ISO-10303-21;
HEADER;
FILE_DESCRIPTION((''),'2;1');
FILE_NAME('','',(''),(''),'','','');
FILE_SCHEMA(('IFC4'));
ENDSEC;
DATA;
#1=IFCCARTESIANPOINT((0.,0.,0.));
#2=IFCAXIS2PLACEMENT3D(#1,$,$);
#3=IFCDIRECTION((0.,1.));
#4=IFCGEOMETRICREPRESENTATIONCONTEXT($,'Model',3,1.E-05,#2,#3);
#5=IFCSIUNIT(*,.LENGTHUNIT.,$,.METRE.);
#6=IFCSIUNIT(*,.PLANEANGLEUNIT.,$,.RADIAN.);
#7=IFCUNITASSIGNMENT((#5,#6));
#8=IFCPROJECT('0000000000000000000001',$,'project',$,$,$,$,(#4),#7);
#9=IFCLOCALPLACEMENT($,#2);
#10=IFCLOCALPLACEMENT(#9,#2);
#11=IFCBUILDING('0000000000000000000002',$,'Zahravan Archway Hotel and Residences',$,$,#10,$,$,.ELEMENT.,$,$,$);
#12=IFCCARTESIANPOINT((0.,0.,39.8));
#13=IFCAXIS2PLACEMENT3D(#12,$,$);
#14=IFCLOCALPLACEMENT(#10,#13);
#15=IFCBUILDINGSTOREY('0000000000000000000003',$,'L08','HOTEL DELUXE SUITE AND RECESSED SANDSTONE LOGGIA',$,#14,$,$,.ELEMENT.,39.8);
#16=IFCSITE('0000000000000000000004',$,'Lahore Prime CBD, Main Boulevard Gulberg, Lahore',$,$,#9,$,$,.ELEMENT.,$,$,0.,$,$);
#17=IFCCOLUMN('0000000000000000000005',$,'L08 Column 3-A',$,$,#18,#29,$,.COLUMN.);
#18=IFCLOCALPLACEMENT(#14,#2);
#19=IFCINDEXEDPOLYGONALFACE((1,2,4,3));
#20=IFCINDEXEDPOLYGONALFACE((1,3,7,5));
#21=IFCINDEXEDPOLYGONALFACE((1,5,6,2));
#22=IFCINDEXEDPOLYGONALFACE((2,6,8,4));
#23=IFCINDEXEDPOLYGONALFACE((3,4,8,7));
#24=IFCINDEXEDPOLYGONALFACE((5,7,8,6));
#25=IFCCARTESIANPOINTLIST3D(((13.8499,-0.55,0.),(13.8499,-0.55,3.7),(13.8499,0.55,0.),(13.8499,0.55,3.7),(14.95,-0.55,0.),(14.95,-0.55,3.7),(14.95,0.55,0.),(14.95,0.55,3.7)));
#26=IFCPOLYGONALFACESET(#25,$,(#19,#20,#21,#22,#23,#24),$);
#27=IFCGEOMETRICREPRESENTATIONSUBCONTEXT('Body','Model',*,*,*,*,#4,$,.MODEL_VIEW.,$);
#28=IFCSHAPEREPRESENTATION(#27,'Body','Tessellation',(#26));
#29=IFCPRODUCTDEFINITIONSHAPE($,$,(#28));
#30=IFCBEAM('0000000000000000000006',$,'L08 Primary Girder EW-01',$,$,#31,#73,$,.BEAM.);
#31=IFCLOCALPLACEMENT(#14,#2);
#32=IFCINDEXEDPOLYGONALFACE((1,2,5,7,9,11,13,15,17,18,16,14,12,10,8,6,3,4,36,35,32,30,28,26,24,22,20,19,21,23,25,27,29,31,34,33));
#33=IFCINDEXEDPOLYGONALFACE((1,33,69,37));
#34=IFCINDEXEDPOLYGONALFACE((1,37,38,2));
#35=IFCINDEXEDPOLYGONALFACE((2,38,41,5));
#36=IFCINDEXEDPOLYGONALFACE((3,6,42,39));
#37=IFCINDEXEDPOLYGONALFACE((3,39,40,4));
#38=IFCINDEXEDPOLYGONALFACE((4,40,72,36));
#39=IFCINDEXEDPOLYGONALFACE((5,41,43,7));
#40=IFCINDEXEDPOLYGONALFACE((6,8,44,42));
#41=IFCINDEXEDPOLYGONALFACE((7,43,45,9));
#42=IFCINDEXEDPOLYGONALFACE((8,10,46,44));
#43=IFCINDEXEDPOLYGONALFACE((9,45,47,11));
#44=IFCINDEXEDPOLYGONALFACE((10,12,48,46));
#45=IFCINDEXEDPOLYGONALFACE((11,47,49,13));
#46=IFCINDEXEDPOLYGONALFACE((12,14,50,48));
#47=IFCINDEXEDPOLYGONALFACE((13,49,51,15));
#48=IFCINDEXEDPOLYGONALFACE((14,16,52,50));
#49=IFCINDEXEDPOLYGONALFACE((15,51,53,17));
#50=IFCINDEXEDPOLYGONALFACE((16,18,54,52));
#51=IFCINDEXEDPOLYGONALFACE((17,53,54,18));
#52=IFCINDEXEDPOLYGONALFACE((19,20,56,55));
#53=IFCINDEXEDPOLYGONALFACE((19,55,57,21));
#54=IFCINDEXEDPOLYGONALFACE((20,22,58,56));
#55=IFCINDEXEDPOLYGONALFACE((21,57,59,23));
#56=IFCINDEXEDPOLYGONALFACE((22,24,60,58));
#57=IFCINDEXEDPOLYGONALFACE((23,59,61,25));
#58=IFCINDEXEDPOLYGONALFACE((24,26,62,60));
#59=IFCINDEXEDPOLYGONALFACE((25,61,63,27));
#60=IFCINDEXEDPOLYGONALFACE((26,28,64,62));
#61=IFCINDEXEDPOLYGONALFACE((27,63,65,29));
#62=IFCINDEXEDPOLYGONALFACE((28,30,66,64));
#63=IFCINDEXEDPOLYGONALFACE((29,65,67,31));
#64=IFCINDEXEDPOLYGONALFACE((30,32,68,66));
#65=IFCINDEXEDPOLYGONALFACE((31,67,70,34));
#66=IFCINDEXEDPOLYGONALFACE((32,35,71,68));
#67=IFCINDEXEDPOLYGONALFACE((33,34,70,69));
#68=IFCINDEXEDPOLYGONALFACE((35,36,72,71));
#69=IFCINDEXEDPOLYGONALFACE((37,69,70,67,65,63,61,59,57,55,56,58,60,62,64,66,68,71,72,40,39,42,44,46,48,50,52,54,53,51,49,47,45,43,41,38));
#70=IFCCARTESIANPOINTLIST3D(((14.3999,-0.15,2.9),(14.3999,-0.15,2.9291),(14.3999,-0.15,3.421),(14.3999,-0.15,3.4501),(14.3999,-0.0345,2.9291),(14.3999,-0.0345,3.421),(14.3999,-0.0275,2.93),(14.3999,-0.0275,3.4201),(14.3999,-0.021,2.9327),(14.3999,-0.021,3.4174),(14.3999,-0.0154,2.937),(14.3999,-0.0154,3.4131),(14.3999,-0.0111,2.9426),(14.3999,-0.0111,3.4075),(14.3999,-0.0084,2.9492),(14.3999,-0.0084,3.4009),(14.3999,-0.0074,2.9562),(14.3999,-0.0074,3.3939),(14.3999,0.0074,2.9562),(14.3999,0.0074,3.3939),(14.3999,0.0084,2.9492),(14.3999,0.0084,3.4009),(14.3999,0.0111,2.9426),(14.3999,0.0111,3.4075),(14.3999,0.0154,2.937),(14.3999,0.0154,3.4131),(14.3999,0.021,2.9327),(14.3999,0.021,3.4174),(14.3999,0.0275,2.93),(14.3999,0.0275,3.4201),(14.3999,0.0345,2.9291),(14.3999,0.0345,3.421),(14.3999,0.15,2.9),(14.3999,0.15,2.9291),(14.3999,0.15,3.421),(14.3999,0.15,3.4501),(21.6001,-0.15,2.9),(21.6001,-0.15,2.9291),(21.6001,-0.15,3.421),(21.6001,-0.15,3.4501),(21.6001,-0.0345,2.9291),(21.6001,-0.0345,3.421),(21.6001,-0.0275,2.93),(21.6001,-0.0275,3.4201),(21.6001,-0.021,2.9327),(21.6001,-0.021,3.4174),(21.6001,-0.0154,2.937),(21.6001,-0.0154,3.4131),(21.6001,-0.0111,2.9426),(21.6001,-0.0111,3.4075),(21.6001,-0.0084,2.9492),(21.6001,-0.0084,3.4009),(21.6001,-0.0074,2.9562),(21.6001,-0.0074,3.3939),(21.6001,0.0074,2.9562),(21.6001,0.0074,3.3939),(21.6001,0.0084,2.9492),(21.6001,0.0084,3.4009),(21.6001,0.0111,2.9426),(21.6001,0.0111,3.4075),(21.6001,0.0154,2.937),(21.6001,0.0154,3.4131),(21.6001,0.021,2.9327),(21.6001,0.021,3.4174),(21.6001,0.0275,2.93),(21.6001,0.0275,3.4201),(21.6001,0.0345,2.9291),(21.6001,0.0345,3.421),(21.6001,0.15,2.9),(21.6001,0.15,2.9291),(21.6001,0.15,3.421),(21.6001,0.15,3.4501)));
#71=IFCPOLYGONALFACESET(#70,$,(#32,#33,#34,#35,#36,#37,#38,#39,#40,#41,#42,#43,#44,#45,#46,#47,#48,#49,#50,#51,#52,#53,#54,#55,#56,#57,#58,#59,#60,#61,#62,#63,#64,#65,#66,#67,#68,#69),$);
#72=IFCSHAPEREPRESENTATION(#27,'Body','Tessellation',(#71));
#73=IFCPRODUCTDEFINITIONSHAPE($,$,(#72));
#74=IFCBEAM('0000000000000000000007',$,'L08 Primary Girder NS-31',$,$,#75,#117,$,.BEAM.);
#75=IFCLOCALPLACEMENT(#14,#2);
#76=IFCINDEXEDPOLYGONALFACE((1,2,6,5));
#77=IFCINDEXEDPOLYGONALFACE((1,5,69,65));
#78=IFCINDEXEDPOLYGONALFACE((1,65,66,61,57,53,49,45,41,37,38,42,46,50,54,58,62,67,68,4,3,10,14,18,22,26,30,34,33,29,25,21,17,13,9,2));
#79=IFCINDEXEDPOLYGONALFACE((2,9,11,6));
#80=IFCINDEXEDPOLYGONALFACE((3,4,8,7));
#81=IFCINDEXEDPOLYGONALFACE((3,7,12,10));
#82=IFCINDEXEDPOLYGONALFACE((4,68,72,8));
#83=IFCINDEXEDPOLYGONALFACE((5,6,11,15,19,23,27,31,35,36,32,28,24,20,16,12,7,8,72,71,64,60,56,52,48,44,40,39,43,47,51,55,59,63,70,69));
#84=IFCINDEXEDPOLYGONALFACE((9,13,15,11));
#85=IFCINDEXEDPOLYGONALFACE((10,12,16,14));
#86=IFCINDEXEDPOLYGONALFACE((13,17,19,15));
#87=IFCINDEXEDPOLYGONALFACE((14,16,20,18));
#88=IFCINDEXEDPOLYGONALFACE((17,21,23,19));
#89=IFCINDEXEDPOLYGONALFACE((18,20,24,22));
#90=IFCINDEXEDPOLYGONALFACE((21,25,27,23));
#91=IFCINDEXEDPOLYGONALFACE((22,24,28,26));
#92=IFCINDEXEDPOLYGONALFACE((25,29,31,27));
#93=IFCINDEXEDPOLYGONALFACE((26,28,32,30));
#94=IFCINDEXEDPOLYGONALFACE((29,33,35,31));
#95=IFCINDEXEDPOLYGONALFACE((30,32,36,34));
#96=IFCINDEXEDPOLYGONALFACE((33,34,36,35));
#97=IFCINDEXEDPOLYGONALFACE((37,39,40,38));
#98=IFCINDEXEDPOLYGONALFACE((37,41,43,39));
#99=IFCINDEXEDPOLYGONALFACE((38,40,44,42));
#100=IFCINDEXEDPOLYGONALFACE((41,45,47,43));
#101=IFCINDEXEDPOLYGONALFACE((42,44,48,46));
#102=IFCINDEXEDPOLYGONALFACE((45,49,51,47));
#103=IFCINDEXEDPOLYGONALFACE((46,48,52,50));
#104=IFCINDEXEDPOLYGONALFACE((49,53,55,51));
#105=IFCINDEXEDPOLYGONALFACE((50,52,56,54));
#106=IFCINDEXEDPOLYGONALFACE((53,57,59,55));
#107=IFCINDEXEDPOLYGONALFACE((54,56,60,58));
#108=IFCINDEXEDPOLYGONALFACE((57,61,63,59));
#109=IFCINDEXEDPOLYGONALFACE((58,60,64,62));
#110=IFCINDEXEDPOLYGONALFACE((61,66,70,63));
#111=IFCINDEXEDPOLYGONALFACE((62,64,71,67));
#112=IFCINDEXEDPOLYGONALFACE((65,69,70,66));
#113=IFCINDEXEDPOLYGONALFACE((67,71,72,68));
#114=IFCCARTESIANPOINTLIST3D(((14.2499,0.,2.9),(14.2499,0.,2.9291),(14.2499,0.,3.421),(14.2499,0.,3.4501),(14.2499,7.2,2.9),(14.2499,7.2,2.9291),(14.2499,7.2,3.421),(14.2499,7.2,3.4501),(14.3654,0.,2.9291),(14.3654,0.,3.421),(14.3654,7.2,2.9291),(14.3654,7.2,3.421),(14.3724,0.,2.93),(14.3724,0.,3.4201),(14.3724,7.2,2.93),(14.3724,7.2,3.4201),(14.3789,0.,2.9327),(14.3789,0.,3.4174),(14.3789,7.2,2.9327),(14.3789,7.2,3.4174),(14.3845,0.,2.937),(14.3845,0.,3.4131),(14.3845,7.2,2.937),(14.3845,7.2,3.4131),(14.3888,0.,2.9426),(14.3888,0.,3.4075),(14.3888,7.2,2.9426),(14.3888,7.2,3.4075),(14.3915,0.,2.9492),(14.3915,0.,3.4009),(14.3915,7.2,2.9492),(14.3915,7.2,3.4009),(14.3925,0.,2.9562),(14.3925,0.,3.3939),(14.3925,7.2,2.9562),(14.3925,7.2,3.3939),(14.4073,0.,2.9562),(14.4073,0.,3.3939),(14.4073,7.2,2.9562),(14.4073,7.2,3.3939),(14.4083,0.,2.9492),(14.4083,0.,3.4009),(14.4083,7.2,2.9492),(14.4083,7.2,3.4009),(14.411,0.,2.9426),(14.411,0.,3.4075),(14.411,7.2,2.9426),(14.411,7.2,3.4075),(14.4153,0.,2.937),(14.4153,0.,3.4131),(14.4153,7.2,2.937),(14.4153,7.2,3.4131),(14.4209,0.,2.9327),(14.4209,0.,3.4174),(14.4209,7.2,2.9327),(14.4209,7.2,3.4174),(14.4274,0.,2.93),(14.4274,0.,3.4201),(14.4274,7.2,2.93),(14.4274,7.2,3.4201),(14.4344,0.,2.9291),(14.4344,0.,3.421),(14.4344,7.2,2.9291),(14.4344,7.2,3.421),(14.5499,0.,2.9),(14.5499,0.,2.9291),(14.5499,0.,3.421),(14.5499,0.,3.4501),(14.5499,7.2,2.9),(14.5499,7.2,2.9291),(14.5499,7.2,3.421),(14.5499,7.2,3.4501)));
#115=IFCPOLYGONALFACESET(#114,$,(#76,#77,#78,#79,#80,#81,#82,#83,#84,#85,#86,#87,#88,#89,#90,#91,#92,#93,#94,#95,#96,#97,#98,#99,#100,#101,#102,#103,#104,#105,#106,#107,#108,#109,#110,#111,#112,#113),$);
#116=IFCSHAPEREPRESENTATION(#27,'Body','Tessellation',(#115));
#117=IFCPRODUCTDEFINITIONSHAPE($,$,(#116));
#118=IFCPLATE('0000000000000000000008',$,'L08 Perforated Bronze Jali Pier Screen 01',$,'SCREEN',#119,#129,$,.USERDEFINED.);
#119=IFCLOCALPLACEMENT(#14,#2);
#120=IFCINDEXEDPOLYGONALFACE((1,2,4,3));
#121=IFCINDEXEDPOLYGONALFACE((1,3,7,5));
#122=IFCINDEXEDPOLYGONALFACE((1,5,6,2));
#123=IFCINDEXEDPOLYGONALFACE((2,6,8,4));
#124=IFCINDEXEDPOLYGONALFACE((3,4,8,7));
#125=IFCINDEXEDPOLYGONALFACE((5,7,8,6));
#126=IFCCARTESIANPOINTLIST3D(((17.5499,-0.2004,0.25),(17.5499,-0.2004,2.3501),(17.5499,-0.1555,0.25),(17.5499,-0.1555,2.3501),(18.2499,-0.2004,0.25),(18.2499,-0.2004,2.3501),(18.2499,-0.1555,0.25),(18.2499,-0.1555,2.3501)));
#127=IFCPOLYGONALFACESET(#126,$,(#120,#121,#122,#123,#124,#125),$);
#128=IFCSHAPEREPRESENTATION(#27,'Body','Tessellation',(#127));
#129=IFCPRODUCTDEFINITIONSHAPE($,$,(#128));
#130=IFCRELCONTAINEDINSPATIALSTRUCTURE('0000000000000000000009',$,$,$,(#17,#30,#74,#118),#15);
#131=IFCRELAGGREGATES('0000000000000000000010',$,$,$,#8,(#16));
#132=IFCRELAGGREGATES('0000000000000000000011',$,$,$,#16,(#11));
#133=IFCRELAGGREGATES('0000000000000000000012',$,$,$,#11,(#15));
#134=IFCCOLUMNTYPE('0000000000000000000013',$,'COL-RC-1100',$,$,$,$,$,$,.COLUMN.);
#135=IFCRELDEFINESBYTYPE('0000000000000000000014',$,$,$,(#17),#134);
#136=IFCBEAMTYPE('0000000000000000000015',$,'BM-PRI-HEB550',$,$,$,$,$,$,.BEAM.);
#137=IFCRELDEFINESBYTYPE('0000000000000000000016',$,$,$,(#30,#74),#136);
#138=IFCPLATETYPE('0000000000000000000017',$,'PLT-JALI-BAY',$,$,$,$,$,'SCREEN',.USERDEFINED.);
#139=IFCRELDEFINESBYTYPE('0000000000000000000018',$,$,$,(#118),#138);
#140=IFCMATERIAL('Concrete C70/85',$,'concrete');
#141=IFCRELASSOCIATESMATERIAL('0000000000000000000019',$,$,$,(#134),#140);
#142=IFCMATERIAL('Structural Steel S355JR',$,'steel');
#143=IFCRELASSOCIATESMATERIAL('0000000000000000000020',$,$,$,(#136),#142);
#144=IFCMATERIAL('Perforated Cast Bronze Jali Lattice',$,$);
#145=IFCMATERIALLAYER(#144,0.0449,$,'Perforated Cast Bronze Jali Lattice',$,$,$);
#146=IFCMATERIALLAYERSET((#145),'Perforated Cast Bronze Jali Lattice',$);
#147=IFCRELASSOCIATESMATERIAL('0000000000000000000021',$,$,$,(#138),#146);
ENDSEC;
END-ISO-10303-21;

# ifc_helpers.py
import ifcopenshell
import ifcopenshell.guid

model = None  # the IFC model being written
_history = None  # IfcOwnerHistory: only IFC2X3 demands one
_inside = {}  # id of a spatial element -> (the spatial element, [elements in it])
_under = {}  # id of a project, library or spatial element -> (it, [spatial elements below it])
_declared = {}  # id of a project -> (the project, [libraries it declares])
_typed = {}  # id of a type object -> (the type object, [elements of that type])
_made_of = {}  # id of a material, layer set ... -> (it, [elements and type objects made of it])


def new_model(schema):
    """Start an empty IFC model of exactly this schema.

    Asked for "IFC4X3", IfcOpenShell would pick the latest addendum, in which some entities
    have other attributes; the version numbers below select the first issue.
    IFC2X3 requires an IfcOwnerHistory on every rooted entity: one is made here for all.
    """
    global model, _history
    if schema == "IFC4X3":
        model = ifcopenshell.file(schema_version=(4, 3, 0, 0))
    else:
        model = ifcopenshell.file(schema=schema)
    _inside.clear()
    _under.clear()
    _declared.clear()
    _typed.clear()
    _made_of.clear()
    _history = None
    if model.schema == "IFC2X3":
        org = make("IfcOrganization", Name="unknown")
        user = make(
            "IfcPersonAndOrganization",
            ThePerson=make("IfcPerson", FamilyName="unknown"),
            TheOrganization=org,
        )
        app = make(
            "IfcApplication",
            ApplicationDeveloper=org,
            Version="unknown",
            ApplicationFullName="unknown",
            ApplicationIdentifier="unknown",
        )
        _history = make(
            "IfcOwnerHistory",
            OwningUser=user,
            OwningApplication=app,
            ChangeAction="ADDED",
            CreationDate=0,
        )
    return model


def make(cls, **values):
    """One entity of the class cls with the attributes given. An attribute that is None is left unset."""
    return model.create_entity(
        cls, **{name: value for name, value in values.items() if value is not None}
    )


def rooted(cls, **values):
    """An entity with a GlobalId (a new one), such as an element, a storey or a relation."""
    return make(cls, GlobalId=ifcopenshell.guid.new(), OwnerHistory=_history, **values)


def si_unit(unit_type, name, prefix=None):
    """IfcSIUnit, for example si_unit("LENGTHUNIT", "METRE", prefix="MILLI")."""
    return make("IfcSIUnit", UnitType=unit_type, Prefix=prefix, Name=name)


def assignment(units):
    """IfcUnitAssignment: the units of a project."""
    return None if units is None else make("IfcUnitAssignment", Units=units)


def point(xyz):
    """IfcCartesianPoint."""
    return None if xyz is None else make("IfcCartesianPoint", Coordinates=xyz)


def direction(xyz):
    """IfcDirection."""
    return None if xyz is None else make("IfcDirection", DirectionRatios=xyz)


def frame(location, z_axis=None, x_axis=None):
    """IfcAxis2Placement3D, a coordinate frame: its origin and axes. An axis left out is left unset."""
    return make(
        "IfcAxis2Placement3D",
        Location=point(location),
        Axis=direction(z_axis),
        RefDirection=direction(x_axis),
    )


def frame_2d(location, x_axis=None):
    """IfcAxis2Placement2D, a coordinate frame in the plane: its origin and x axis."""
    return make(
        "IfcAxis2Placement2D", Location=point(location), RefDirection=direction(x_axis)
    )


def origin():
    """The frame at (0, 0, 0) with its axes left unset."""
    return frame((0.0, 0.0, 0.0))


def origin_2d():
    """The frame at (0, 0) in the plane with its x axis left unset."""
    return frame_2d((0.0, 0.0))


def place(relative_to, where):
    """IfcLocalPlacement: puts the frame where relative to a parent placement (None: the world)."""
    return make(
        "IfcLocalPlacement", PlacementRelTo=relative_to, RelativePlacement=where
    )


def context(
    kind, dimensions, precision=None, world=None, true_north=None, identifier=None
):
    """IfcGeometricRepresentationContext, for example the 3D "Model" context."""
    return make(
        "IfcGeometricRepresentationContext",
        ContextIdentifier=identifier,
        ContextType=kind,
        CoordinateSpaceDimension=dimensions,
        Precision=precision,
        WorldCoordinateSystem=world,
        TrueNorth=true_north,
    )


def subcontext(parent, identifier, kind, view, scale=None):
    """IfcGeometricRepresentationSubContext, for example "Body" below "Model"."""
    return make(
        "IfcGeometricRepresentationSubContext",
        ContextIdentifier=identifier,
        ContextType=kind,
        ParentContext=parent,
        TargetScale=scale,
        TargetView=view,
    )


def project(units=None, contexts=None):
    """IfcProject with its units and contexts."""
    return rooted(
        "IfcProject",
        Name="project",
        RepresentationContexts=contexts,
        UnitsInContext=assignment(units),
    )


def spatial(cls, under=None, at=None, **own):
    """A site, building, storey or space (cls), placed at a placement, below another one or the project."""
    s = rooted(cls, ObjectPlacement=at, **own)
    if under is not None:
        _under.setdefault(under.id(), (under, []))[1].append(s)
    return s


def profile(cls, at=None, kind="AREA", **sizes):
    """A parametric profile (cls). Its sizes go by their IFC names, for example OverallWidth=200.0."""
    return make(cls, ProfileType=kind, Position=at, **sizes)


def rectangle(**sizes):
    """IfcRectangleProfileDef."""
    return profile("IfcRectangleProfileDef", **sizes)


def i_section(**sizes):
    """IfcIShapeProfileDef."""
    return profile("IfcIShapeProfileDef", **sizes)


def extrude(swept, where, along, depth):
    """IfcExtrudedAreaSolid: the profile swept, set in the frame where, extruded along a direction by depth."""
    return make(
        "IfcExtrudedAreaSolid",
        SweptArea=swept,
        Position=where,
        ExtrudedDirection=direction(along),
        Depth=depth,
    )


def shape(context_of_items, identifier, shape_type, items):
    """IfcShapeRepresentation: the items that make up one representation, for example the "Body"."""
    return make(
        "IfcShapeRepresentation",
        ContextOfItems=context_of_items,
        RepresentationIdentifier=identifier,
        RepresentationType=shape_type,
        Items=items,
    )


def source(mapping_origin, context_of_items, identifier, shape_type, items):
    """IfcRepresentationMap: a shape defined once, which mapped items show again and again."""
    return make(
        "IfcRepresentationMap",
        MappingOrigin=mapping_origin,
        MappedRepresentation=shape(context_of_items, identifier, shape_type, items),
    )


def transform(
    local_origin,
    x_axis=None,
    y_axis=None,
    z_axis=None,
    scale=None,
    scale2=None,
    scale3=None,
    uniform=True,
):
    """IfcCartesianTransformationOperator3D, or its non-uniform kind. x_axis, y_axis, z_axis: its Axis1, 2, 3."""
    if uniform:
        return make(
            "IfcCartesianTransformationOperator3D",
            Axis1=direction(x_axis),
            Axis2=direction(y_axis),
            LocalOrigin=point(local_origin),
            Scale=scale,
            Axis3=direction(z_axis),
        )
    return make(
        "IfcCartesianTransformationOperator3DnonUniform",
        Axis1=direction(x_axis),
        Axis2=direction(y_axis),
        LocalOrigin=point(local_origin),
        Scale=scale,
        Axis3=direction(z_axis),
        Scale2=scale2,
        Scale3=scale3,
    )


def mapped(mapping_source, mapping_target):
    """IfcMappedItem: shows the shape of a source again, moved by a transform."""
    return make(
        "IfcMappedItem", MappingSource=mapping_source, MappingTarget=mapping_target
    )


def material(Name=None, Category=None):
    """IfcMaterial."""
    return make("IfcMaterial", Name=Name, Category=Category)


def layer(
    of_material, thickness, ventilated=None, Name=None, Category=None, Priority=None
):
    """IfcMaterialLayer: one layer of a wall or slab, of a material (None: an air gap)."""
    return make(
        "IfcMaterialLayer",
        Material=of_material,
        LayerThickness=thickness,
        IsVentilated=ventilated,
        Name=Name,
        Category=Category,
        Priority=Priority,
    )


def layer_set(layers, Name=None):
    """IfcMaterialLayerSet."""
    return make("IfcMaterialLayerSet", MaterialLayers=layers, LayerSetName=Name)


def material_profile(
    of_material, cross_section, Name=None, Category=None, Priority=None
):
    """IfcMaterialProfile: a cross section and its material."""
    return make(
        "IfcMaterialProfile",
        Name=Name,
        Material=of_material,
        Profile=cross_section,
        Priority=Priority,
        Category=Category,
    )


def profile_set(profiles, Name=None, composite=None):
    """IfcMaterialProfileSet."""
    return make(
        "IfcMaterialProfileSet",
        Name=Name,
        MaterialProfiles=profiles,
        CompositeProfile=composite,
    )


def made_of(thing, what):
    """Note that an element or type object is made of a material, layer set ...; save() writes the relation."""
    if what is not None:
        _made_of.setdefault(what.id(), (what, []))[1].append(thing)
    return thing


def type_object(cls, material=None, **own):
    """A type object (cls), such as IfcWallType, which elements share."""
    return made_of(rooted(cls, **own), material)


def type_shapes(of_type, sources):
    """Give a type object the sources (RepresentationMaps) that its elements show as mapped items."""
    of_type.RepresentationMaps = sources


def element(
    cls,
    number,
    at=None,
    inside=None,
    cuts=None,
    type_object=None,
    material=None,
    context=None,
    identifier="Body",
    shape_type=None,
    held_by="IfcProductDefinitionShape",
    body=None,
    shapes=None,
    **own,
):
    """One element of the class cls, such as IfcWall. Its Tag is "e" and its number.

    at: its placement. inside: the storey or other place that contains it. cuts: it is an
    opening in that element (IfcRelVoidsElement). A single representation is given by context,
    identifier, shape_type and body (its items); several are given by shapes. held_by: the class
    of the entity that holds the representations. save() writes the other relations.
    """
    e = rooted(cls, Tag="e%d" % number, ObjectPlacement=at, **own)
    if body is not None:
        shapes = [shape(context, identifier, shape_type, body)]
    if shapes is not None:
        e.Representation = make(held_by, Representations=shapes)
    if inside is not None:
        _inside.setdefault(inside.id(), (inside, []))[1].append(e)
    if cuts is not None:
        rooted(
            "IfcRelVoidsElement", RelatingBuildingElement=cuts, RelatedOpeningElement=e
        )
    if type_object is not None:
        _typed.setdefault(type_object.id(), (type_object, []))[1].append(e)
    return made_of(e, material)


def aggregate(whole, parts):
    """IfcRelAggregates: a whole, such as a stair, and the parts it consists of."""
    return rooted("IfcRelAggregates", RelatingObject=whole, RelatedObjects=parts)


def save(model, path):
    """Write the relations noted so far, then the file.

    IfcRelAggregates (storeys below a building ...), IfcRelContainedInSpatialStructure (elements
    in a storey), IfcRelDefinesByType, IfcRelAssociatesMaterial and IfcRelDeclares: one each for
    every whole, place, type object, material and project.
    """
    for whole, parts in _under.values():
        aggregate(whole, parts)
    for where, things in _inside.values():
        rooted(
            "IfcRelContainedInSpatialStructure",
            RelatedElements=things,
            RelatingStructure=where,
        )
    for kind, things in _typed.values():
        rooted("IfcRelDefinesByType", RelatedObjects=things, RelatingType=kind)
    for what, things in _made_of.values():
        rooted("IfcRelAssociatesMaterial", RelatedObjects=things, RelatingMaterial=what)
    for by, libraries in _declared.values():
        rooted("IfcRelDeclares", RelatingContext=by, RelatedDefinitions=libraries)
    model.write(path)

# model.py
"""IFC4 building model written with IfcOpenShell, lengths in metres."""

from ifc_helpers import new_model, si_unit, direction, frame, origin, origin_2d, place, context, subcontext, project, spatial, rectangle, i_section, extrude, source, transform, mapped, material, layer, layer_set, material_profile, profile_set, type_object, type_shapes, element, save


model = new_model("IFC4")

# Units and contexts
model_context = context("Model", 3, precision=1e-05, world=origin(), true_north=direction((0.0, 1.0)))
body_context = subcontext(model_context, "Body", "Model", "MODEL_VIEW")
ifc_project = project(units=[si_unit("LENGTHUNIT", "METRE"), si_unit("PLANEANGLEUNIT", "RADIAN")], contexts=[model_context])

# Site, building, storey
site_placement = place(None, origin())
site = spatial("IfcSite", under=ifc_project, at=site_placement, Name="Lahore Prime CBD, Main Boulevard Gulberg, Lahore", CompositionType="ELEMENT", RefElevation=0.0)
building_placement = place(site_placement, origin())
building = spatial("IfcBuilding", under=site, at=building_placement, Name="Zahravan Archway Hotel and Residences", CompositionType="ELEMENT")
storey_placement = place(building_placement, frame((0.0, 0.0, 39.8)))
storey = spatial("IfcBuildingStorey", under=building, at=storey_placement, Name="L08", Description="HOTEL DELUXE SUITE AND RECESSED SANDSTONE LOGGIA", CompositionType="ELEMENT", Elevation=39.8)

# Column
ifc_material_1 = material(Name="Concrete C70/85", Category="concrete")
ifc_material_profile_1 = material_profile(ifc_material_1, rectangle(XDim=1.1001, YDim=1.1001, at=origin_2d()), Name="RC 1100x1100", Category="concrete")
ifc_profile_set_1 = profile_set([ifc_material_profile_1], Name="Concrete C70/85")
column_type = type_object("IfcColumnType", Name="COL-RC-1100", PredefinedType="COLUMN", material=ifc_profile_set_1)
shared_shape_1 = source(origin(), body_context, "Body", "SweptSolid", [
    extrude(rectangle(XDim=1.1001, YDim=1.1001, at=origin_2d()), origin(), (0.0, 0.0, 1.0), 3.7),
])
column_placement = place(storey_placement, frame((14.3999, 0.0, 0.0), z_axis=(0.0, 0.0, 1.0), x_axis=(1.0, 0.0, 0.0)))
element("IfcColumn", 1, at=column_placement, inside=storey, type_object=column_type, Name="L08 Column 3-A", PredefinedType="COLUMN", context=body_context, shape_type="MappedRepresentation", body=[
    mapped(shared_shape_1, transform((0.0, 0.0, 0.0), scale=1.0)),
])

# Beams
ifc_material_2 = material(Name="Structural Steel S355JR", Category="steel")
ifc_material_profile_2 = material_profile(ifc_material_2, i_section(OverallWidth=0.3, OverallDepth=0.55, WebThickness=0.0149, FlangeThickness=0.0291, FilletRadius=0.0271, at=origin_2d()), Name="HEB 550", Category="steel")
ifc_profile_set_2 = profile_set([ifc_material_profile_2], Name="Structural Steel S355JR")
beam_type = type_object("IfcBeamType", Name="BM-PRI-HEB550", PredefinedType="BEAM", material=ifc_profile_set_2)
shared_shape_2 = source(origin(), body_context, "Body", "SweptSolid", [
    extrude(i_section(OverallWidth=0.3, OverallDepth=0.55, WebThickness=0.0149, FlangeThickness=0.0291, FilletRadius=0.0271, at=origin_2d()), origin(), (0.0, 0.0, 1.0), 7.2002),
])
type_shapes(beam_type, [shared_shape_2])
beam_1_placement = place(storey_placement, frame((14.3999, 0.0, 3.175), z_axis=(1.0, 0.0, 0.0), x_axis=(0.0, 1.0, 0.0)))
element("IfcBeam", 2, at=beam_1_placement, inside=storey, type_object=beam_type, Name="L08 Primary Girder EW-01", PredefinedType="BEAM", context=body_context, shape_type="MappedRepresentation", body=[
    mapped(shared_shape_2, transform((0.0, 0.0, 0.0), scale=1.0)),
])
shared_shape_3 = source(origin(), body_context, "Body", "SweptSolid", [
    extrude(i_section(OverallWidth=0.3, OverallDepth=0.55, WebThickness=0.0149, FlangeThickness=0.0291, FilletRadius=0.0271, at=origin_2d()), origin(), (0.0, 0.0, 1.0), 7.2),
])
beam_2_placement = place(storey_placement, frame((14.3999, 0.0, 3.175), z_axis=(0.0, 1.0, 0.0), x_axis=(-1.0, 0.0, 0.0)))
element("IfcBeam", 3, at=beam_2_placement, inside=storey, type_object=beam_type, Name="L08 Primary Girder NS-31", PredefinedType="BEAM", context=body_context, shape_type="MappedRepresentation", body=[
    mapped(shared_shape_3, transform((0.0, 0.0, 0.0), scale=1.0)),
])

# Plate
ifc_material_3 = material(Name="Perforated Cast Bronze Jali Lattice")
ifc_layer = layer(ifc_material_3, 0.0449, Name="Perforated Cast Bronze Jali Lattice")
ifc_layer_set = layer_set([ifc_layer], Name="Perforated Cast Bronze Jali Lattice")
plate_type = type_object("IfcPlateType", Name="PLT-JALI-BAY", ElementType="SCREEN", PredefinedType="USERDEFINED", material=ifc_layer_set)
shared_shape_4 = source(origin(), body_context, "Body", "SweptSolid", [
    extrude(rectangle(XDim=0.7, YDim=0.0449, at=origin_2d()), origin(), (0.0, 0.0, 1.0), 2.1001),
])
type_shapes(plate_type, [shared_shape_4])
plate_placement = place(storey_placement, frame((17.8999, -0.178, 0.25), z_axis=(0.0, 0.0, 1.0), x_axis=(1.0, 0.0, 0.0)))
element("IfcPlate", 4, at=plate_placement, inside=storey, type_object=plate_type, Name="L08 Perforated Bronze Jali Pier Screen 01", ObjectType="SCREEN", PredefinedType="USERDEFINED", context=body_context, shape_type="MappedRepresentation", body=[
    mapped(shared_shape_4, transform((0.0, 0.0, 0.0), scale=1.0)),
])

save(model, "model.ifc")
